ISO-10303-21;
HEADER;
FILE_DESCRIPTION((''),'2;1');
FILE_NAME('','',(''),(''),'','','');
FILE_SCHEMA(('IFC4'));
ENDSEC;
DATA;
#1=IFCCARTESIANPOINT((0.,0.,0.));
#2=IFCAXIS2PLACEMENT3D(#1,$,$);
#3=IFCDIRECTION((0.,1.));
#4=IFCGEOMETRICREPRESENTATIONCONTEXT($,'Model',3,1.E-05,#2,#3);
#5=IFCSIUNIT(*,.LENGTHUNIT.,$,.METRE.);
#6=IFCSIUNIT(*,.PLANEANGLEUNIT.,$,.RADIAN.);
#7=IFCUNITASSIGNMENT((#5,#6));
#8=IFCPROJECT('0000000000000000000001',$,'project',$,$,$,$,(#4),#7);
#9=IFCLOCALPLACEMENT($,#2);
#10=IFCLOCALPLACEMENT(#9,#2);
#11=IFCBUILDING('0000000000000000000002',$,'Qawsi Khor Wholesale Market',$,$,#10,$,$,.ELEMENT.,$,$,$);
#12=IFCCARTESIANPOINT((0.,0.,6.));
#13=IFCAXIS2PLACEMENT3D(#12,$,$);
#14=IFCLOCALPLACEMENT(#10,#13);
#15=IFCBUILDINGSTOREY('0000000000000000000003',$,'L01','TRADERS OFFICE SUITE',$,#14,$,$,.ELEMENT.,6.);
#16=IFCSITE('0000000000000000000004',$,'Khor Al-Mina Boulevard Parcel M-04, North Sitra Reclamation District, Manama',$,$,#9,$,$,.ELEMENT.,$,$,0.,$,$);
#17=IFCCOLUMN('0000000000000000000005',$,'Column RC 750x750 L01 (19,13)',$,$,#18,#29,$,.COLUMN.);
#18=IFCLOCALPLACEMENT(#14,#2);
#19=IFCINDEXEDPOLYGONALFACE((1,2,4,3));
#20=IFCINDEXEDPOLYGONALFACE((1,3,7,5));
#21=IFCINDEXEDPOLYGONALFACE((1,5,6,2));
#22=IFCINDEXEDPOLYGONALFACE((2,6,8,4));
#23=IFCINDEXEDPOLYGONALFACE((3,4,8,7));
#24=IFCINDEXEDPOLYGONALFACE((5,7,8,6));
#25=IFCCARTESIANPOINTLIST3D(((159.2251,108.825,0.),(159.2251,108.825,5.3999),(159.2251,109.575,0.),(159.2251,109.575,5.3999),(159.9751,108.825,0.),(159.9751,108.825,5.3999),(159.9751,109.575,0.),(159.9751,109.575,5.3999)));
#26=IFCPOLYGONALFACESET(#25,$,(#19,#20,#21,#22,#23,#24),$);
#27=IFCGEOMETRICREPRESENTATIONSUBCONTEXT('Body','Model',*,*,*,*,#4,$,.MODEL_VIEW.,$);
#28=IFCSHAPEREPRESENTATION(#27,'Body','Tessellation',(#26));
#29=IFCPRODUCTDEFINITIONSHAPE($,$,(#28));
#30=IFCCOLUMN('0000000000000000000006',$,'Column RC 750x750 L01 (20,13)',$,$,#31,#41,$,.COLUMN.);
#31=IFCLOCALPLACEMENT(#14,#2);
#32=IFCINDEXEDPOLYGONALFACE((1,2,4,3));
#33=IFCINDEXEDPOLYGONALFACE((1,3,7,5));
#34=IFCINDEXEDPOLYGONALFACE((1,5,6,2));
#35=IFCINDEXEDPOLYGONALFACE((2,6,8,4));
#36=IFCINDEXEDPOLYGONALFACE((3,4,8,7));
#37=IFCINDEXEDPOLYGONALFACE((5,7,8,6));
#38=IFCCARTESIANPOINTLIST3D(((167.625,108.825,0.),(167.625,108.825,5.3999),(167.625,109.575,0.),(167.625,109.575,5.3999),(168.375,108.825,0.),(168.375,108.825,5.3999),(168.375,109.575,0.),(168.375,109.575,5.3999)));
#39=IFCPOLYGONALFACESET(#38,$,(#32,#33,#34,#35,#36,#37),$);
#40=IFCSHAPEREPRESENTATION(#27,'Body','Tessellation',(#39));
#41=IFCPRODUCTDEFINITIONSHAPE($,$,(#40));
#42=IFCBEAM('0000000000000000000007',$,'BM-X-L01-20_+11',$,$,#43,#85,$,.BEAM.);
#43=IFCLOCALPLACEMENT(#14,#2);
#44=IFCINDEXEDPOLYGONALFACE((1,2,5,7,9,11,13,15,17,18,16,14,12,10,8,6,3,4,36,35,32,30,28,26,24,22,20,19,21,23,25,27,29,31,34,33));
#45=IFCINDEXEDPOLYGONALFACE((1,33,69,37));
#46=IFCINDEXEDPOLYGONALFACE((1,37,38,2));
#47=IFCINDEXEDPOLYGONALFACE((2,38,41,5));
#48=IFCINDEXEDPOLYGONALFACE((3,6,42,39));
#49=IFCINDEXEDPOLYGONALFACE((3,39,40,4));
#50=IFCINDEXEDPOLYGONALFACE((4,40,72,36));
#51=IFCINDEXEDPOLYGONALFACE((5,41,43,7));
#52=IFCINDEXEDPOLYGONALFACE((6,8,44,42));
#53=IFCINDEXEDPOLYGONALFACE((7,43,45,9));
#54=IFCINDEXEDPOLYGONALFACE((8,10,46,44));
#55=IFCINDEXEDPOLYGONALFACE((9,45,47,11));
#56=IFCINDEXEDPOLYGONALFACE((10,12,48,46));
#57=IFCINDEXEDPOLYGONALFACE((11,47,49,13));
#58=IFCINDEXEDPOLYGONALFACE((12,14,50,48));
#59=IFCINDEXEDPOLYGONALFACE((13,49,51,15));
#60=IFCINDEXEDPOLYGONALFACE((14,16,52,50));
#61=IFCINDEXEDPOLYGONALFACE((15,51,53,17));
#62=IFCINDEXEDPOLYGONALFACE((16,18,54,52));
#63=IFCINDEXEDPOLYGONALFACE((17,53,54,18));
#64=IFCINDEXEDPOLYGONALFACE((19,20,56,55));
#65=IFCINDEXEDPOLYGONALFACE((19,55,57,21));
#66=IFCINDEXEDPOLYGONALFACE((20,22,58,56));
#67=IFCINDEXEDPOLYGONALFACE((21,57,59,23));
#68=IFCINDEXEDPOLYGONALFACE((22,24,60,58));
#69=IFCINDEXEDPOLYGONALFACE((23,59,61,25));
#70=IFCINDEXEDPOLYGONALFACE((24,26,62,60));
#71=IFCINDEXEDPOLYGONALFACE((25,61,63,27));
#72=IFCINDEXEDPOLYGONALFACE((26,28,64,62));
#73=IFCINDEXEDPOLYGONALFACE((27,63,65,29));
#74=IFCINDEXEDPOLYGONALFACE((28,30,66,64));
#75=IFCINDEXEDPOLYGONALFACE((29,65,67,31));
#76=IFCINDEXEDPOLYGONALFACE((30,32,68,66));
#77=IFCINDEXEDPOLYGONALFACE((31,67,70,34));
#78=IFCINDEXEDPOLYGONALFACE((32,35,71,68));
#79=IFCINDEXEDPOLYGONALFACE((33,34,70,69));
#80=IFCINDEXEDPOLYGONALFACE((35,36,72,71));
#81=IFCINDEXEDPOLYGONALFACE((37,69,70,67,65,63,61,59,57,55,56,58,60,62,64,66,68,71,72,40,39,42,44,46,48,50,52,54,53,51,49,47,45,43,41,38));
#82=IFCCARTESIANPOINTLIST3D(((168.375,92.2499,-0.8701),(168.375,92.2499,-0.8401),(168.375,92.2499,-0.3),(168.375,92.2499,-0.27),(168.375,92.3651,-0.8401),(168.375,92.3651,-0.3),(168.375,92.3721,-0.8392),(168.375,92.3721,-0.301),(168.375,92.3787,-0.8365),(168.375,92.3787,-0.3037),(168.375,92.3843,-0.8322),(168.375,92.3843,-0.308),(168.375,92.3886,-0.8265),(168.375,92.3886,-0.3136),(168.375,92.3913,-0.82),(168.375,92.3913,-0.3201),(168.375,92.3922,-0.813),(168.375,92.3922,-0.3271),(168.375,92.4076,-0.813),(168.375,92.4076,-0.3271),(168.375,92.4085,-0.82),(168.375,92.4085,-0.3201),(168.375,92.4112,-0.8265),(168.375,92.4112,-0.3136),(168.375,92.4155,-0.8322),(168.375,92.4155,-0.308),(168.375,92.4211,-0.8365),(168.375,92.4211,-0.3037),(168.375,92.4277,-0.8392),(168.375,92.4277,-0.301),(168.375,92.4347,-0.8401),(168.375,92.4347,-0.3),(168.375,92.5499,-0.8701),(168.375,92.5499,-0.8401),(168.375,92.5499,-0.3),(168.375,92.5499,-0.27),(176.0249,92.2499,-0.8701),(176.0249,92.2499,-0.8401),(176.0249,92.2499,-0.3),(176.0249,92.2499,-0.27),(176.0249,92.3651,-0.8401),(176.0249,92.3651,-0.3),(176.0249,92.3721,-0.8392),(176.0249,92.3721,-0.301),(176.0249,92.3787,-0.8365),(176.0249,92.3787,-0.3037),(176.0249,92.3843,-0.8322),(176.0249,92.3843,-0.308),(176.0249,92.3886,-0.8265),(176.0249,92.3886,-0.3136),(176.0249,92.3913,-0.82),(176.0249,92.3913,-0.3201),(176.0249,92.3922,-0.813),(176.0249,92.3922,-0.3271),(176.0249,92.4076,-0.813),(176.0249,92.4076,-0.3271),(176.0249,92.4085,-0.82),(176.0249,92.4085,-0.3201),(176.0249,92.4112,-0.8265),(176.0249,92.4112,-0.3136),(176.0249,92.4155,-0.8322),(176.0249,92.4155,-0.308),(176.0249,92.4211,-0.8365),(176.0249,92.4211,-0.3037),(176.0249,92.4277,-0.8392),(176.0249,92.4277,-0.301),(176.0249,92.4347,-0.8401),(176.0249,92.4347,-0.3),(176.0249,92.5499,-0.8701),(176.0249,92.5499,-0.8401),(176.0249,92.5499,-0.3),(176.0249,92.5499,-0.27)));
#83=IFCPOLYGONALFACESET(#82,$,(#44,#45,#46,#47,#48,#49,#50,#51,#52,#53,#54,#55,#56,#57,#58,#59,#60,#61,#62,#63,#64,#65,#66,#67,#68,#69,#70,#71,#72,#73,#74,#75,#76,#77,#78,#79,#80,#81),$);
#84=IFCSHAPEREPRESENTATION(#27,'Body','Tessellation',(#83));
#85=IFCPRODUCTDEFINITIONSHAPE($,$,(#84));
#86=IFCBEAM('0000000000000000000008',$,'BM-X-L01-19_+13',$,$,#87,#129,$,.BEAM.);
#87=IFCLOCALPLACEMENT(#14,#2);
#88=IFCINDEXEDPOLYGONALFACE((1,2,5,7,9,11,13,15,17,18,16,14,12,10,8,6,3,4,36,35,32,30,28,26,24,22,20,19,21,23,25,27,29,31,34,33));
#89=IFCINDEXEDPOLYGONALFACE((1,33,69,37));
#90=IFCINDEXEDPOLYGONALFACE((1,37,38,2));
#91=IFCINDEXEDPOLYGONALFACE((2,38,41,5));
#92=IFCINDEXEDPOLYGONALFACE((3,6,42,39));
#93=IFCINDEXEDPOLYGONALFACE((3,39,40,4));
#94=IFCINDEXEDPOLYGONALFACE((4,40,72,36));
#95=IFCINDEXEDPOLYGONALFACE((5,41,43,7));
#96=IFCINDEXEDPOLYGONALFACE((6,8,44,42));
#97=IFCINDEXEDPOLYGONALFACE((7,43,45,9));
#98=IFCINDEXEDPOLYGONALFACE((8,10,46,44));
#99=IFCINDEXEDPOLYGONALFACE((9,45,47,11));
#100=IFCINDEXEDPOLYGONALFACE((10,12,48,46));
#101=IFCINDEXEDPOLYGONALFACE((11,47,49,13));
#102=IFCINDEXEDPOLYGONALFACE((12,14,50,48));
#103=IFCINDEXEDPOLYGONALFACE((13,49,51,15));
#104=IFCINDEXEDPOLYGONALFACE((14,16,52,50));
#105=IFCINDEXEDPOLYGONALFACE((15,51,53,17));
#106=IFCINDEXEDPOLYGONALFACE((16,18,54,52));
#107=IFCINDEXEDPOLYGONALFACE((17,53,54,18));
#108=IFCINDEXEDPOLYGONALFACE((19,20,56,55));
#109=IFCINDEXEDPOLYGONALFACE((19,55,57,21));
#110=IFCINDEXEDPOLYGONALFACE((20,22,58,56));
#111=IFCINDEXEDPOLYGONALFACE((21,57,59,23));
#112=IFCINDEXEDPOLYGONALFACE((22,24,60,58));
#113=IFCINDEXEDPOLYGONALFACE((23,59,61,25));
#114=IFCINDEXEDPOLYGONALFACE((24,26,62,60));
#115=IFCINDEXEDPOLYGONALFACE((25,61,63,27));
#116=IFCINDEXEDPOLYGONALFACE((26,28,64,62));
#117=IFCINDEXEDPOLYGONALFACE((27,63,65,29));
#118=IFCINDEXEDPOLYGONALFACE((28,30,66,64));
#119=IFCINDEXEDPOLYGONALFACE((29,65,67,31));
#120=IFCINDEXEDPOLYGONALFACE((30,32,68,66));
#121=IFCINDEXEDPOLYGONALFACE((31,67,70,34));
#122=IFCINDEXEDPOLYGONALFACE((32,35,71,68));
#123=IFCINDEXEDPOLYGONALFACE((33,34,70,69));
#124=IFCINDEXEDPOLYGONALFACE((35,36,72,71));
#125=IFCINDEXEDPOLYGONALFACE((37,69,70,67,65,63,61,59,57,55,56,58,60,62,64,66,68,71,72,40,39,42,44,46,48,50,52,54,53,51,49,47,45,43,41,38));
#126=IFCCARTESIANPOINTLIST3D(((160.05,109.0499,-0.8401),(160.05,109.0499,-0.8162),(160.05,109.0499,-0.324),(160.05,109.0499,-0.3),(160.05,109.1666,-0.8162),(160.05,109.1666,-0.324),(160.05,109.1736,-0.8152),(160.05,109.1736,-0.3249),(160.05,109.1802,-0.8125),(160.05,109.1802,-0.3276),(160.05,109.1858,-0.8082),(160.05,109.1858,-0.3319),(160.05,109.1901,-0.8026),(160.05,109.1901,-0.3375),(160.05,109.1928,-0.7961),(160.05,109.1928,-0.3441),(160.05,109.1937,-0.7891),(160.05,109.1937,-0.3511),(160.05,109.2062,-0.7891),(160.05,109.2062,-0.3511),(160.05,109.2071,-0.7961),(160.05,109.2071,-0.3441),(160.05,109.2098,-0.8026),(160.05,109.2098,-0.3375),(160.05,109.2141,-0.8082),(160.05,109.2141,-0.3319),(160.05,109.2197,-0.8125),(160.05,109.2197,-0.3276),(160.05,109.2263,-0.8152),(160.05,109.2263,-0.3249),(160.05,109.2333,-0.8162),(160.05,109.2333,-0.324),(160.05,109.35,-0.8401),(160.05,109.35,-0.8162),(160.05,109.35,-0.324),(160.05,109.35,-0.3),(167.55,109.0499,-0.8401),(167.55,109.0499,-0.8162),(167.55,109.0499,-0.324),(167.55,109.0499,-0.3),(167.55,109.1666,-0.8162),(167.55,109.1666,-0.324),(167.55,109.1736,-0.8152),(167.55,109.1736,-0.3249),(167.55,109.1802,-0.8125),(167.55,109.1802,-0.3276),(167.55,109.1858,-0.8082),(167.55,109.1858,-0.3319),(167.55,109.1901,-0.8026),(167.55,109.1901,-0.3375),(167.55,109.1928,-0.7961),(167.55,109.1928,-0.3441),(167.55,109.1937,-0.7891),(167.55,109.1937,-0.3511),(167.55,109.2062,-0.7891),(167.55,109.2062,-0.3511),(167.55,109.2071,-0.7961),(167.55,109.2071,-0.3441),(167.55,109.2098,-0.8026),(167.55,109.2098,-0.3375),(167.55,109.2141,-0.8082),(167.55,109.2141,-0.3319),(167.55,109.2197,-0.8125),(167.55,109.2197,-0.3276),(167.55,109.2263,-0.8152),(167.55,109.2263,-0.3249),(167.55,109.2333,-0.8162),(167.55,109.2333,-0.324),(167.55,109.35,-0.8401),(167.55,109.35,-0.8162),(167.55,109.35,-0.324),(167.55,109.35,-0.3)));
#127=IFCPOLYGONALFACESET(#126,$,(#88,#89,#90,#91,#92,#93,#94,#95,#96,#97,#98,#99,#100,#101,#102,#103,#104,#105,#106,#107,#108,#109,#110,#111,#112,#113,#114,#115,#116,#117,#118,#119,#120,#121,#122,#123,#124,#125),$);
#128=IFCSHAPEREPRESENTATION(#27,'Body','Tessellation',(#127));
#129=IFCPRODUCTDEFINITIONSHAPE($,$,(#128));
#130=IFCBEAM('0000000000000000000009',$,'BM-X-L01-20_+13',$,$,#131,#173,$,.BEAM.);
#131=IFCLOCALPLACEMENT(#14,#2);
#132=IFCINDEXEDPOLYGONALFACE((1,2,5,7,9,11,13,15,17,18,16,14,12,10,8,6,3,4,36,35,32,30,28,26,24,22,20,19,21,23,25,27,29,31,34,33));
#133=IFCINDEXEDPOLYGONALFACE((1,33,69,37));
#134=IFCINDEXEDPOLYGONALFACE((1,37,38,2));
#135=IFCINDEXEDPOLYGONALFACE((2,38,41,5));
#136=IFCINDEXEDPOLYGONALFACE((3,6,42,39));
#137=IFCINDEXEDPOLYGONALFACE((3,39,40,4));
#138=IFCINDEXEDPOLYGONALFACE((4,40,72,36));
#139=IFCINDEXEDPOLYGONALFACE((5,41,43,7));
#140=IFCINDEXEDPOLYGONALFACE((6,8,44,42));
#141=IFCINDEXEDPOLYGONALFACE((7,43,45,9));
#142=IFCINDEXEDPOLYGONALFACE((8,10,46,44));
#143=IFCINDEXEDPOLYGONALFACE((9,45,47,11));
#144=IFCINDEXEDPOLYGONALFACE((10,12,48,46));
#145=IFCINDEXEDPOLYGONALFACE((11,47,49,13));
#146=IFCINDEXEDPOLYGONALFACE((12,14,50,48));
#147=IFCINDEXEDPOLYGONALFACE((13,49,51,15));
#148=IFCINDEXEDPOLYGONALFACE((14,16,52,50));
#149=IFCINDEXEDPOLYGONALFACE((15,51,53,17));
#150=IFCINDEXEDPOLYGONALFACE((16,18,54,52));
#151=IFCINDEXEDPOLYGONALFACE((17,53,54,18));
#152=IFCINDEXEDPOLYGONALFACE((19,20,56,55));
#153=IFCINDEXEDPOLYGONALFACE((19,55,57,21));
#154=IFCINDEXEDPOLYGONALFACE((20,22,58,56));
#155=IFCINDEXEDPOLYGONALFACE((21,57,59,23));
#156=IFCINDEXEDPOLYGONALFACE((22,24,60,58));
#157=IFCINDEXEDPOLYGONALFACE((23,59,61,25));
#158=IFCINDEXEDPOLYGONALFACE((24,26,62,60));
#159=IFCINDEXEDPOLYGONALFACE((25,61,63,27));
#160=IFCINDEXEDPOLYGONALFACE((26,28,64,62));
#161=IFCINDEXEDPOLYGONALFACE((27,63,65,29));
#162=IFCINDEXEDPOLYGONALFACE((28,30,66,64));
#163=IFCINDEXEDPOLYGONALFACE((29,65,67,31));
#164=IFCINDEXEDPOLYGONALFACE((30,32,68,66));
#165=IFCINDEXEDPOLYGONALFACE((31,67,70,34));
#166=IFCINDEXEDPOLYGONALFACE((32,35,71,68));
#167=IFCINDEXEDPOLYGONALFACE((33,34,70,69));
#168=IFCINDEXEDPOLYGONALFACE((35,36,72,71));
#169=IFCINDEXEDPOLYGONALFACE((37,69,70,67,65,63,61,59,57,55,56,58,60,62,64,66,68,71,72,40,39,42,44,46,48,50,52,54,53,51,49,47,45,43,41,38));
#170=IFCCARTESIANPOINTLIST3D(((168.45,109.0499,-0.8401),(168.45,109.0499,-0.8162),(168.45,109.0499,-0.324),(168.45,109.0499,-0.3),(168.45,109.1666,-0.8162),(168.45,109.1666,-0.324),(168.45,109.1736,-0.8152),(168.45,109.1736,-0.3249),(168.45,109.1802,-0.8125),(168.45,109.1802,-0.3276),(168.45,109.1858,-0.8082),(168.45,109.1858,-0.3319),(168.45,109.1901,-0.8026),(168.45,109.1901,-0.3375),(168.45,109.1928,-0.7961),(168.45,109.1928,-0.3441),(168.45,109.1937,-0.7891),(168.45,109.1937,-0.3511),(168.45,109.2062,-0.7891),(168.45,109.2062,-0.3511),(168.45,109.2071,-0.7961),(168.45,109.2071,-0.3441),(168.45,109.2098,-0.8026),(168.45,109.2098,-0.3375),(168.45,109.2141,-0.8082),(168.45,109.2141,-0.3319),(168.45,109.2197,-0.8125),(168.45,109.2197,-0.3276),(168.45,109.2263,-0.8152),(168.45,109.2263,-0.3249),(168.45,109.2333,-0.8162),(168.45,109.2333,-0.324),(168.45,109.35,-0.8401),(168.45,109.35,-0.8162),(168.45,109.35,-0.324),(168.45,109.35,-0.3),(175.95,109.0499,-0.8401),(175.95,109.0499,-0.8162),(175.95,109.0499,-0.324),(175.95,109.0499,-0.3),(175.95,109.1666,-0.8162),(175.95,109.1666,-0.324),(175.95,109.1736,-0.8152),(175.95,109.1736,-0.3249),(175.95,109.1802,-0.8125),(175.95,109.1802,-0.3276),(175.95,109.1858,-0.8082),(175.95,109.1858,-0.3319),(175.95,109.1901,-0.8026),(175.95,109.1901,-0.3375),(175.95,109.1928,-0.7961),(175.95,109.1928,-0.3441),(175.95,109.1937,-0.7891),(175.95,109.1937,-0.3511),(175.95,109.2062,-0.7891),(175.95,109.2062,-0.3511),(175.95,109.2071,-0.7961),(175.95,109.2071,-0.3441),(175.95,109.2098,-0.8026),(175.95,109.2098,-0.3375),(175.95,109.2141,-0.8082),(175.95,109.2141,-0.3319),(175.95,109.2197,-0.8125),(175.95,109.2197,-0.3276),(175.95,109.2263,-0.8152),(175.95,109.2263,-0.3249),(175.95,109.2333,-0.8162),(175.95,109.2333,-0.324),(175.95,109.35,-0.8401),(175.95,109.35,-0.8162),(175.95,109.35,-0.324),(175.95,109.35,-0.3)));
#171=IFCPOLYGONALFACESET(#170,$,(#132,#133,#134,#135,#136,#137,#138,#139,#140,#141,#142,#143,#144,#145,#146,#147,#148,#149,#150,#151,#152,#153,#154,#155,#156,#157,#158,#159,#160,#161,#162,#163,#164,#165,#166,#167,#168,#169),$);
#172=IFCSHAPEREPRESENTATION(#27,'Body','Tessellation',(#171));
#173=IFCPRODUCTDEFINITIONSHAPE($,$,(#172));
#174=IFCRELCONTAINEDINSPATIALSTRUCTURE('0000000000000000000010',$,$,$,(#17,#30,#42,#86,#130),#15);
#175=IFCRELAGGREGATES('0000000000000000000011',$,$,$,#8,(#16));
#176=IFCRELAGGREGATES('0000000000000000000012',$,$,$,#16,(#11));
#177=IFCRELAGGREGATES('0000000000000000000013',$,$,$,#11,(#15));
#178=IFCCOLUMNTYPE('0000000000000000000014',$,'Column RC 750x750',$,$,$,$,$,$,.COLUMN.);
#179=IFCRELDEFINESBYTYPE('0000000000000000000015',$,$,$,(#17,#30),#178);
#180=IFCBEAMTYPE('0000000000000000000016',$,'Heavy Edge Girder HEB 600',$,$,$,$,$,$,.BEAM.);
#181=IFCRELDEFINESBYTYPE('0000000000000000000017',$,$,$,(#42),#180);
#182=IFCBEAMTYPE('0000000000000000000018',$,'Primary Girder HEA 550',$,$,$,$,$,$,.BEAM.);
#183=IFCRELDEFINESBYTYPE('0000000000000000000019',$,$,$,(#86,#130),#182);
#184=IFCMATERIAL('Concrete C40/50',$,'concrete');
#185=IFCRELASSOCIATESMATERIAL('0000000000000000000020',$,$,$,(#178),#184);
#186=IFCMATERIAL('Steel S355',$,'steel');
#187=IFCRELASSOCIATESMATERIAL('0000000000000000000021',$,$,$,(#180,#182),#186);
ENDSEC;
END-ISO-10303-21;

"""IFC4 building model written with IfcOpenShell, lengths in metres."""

from ifc_helpers import new_model, si_unit, direction, frame, origin, origin_2d, place, context, subcontext, project, spatial, rectangle, i_section, extrude, material, material_profile, profile_set, type_object, element, save


model = new_model("IFC4")

# Units and contexts
model_context = context("Model", 3, precision=1e-05, world=origin(), true_north=direction((0.0, 1.0)))
body_context = subcontext(model_context, "Body", "Model", "MODEL_VIEW")
ifc_project = project(units=[si_unit("LENGTHUNIT", "METRE"), si_unit("PLANEANGLEUNIT", "RADIAN")], contexts=[model_context])

# Site, building, storey
site_placement = place(None, origin())
site = spatial("IfcSite", under=ifc_project, at=site_placement, Name="Khor Al-Mina Boulevard Parcel M-04, North Sitra Reclamation District, Manama", CompositionType="ELEMENT", RefElevation=0.0)
building_placement = place(site_placement, origin())
building = spatial("IfcBuilding", under=site, at=building_placement, Name="Qawsi Khor Wholesale Market", CompositionType="ELEMENT")
storey_placement = place(building_placement, frame((0.0, 0.0, 6.0)))
storey = spatial("IfcBuildingStorey", under=building, at=storey_placement, Name="L01", Description="TRADERS OFFICE SUITE", CompositionType="ELEMENT", Elevation=6.0)

# Columns
ifc_material_1 = material(Name="Concrete C40/50", Category="concrete")
ifc_material_profile_1 = material_profile(ifc_material_1, rectangle(XDim=0.75, YDim=0.75, at=origin_2d()), Name="RC 750x750")
ifc_profile_set_1 = profile_set([ifc_material_profile_1], Name="Concrete C40/50")
column_type = type_object("IfcColumnType", Name="Column RC 750x750", PredefinedType="COLUMN", material=ifc_profile_set_1)
for number, where, z_axis, x_axis, name in (
    (1, (159.6001, 109.2, 0.0), (0.0, 0.0, 1.0), (1.0, 0.0, 0.0), "Column RC 750x750 L01 (19,13)"),
    (2, (168.0, 109.2, 0.0), (0.0, 0.0, 1.0), (1.0, 0.0, 0.0), "Column RC 750x750 L01 (20,13)"),
):
    element("IfcColumn", number, at=place(storey_placement, frame(where, z_axis=z_axis, x_axis=x_axis)), inside=storey, type_object=column_type, Name=name, PredefinedType="COLUMN", context=body_context, shape_type="SweptSolid", body=[
        extrude(rectangle(XDim=0.75, YDim=0.75, at=origin_2d()), origin(), (0.0, 0.0, 1.0), 5.3999),
    ])

# Beams
ifc_material_2 = material(Name="Steel S355", Category="steel")
ifc_material_profile_2 = material_profile(ifc_material_2, i_section(OverallWidth=0.3, OverallDepth=0.6001, WebThickness=0.0154, FlangeThickness=0.03, FilletRadius=0.0271, at=origin_2d()), Name="HEB 600")
ifc_profile_set_2 = profile_set([ifc_material_profile_2], Name="Steel S355")
beam_type_1 = type_object("IfcBeamType", Name="Heavy Edge Girder HEB 600", PredefinedType="BEAM", material=ifc_profile_set_2)
beam_1_placement = place(storey_placement, frame((168.375, 92.3999, -0.5701), z_axis=(1.0, 0.0, 0.0), x_axis=(0.0, 1.0, 0.0)))
element("IfcBeam", 3, at=beam_1_placement, inside=storey, type_object=beam_type_1, Name="BM-X-L01-20_+11", PredefinedType="BEAM", context=body_context, shape_type="SweptSolid", body=[
    extrude(i_section(OverallWidth=0.3, OverallDepth=0.6001, WebThickness=0.0154, FlangeThickness=0.03, FilletRadius=0.0271, at=origin_2d()), origin(), (0.0, 0.0, 1.0), 7.6499),
])
ifc_material_profile_3 = material_profile(ifc_material_2, i_section(OverallWidth=0.3, OverallDepth=0.54, WebThickness=0.0125, FlangeThickness=0.0239, FilletRadius=0.0271, at=origin_2d()), Name="HEA 550")
ifc_profile_set_3 = profile_set([ifc_material_profile_3], Name="Steel S355")
beam_type_2 = type_object("IfcBeamType", Name="Primary Girder HEA 550", PredefinedType="BEAM", material=ifc_profile_set_3)
for number, where, z_axis, x_axis, name in (
    (4, (160.05, 109.2, -0.5701), (1.0, 0.0, 0.0), (0.0, 1.0, 0.0), "BM-X-L01-19_+13"),
    (5, (168.45, 109.2, -0.5701), (1.0, 0.0, 0.0), (0.0, 1.0, 0.0), "BM-X-L01-20_+13"),
):
    element("IfcBeam", number, at=place(storey_placement, frame(where, z_axis=z_axis, x_axis=x_axis)), inside=storey, type_object=beam_type_2, Name=name, PredefinedType="BEAM", context=body_context, shape_type="SweptSolid", body=[
        extrude(i_section(OverallWidth=0.3, OverallDepth=0.54, WebThickness=0.0125, FlangeThickness=0.0239, FilletRadius=0.0271, at=origin_2d()), origin(), (0.0, 0.0, 1.0), 7.5),
    ])

save(model, "model.ifc")
